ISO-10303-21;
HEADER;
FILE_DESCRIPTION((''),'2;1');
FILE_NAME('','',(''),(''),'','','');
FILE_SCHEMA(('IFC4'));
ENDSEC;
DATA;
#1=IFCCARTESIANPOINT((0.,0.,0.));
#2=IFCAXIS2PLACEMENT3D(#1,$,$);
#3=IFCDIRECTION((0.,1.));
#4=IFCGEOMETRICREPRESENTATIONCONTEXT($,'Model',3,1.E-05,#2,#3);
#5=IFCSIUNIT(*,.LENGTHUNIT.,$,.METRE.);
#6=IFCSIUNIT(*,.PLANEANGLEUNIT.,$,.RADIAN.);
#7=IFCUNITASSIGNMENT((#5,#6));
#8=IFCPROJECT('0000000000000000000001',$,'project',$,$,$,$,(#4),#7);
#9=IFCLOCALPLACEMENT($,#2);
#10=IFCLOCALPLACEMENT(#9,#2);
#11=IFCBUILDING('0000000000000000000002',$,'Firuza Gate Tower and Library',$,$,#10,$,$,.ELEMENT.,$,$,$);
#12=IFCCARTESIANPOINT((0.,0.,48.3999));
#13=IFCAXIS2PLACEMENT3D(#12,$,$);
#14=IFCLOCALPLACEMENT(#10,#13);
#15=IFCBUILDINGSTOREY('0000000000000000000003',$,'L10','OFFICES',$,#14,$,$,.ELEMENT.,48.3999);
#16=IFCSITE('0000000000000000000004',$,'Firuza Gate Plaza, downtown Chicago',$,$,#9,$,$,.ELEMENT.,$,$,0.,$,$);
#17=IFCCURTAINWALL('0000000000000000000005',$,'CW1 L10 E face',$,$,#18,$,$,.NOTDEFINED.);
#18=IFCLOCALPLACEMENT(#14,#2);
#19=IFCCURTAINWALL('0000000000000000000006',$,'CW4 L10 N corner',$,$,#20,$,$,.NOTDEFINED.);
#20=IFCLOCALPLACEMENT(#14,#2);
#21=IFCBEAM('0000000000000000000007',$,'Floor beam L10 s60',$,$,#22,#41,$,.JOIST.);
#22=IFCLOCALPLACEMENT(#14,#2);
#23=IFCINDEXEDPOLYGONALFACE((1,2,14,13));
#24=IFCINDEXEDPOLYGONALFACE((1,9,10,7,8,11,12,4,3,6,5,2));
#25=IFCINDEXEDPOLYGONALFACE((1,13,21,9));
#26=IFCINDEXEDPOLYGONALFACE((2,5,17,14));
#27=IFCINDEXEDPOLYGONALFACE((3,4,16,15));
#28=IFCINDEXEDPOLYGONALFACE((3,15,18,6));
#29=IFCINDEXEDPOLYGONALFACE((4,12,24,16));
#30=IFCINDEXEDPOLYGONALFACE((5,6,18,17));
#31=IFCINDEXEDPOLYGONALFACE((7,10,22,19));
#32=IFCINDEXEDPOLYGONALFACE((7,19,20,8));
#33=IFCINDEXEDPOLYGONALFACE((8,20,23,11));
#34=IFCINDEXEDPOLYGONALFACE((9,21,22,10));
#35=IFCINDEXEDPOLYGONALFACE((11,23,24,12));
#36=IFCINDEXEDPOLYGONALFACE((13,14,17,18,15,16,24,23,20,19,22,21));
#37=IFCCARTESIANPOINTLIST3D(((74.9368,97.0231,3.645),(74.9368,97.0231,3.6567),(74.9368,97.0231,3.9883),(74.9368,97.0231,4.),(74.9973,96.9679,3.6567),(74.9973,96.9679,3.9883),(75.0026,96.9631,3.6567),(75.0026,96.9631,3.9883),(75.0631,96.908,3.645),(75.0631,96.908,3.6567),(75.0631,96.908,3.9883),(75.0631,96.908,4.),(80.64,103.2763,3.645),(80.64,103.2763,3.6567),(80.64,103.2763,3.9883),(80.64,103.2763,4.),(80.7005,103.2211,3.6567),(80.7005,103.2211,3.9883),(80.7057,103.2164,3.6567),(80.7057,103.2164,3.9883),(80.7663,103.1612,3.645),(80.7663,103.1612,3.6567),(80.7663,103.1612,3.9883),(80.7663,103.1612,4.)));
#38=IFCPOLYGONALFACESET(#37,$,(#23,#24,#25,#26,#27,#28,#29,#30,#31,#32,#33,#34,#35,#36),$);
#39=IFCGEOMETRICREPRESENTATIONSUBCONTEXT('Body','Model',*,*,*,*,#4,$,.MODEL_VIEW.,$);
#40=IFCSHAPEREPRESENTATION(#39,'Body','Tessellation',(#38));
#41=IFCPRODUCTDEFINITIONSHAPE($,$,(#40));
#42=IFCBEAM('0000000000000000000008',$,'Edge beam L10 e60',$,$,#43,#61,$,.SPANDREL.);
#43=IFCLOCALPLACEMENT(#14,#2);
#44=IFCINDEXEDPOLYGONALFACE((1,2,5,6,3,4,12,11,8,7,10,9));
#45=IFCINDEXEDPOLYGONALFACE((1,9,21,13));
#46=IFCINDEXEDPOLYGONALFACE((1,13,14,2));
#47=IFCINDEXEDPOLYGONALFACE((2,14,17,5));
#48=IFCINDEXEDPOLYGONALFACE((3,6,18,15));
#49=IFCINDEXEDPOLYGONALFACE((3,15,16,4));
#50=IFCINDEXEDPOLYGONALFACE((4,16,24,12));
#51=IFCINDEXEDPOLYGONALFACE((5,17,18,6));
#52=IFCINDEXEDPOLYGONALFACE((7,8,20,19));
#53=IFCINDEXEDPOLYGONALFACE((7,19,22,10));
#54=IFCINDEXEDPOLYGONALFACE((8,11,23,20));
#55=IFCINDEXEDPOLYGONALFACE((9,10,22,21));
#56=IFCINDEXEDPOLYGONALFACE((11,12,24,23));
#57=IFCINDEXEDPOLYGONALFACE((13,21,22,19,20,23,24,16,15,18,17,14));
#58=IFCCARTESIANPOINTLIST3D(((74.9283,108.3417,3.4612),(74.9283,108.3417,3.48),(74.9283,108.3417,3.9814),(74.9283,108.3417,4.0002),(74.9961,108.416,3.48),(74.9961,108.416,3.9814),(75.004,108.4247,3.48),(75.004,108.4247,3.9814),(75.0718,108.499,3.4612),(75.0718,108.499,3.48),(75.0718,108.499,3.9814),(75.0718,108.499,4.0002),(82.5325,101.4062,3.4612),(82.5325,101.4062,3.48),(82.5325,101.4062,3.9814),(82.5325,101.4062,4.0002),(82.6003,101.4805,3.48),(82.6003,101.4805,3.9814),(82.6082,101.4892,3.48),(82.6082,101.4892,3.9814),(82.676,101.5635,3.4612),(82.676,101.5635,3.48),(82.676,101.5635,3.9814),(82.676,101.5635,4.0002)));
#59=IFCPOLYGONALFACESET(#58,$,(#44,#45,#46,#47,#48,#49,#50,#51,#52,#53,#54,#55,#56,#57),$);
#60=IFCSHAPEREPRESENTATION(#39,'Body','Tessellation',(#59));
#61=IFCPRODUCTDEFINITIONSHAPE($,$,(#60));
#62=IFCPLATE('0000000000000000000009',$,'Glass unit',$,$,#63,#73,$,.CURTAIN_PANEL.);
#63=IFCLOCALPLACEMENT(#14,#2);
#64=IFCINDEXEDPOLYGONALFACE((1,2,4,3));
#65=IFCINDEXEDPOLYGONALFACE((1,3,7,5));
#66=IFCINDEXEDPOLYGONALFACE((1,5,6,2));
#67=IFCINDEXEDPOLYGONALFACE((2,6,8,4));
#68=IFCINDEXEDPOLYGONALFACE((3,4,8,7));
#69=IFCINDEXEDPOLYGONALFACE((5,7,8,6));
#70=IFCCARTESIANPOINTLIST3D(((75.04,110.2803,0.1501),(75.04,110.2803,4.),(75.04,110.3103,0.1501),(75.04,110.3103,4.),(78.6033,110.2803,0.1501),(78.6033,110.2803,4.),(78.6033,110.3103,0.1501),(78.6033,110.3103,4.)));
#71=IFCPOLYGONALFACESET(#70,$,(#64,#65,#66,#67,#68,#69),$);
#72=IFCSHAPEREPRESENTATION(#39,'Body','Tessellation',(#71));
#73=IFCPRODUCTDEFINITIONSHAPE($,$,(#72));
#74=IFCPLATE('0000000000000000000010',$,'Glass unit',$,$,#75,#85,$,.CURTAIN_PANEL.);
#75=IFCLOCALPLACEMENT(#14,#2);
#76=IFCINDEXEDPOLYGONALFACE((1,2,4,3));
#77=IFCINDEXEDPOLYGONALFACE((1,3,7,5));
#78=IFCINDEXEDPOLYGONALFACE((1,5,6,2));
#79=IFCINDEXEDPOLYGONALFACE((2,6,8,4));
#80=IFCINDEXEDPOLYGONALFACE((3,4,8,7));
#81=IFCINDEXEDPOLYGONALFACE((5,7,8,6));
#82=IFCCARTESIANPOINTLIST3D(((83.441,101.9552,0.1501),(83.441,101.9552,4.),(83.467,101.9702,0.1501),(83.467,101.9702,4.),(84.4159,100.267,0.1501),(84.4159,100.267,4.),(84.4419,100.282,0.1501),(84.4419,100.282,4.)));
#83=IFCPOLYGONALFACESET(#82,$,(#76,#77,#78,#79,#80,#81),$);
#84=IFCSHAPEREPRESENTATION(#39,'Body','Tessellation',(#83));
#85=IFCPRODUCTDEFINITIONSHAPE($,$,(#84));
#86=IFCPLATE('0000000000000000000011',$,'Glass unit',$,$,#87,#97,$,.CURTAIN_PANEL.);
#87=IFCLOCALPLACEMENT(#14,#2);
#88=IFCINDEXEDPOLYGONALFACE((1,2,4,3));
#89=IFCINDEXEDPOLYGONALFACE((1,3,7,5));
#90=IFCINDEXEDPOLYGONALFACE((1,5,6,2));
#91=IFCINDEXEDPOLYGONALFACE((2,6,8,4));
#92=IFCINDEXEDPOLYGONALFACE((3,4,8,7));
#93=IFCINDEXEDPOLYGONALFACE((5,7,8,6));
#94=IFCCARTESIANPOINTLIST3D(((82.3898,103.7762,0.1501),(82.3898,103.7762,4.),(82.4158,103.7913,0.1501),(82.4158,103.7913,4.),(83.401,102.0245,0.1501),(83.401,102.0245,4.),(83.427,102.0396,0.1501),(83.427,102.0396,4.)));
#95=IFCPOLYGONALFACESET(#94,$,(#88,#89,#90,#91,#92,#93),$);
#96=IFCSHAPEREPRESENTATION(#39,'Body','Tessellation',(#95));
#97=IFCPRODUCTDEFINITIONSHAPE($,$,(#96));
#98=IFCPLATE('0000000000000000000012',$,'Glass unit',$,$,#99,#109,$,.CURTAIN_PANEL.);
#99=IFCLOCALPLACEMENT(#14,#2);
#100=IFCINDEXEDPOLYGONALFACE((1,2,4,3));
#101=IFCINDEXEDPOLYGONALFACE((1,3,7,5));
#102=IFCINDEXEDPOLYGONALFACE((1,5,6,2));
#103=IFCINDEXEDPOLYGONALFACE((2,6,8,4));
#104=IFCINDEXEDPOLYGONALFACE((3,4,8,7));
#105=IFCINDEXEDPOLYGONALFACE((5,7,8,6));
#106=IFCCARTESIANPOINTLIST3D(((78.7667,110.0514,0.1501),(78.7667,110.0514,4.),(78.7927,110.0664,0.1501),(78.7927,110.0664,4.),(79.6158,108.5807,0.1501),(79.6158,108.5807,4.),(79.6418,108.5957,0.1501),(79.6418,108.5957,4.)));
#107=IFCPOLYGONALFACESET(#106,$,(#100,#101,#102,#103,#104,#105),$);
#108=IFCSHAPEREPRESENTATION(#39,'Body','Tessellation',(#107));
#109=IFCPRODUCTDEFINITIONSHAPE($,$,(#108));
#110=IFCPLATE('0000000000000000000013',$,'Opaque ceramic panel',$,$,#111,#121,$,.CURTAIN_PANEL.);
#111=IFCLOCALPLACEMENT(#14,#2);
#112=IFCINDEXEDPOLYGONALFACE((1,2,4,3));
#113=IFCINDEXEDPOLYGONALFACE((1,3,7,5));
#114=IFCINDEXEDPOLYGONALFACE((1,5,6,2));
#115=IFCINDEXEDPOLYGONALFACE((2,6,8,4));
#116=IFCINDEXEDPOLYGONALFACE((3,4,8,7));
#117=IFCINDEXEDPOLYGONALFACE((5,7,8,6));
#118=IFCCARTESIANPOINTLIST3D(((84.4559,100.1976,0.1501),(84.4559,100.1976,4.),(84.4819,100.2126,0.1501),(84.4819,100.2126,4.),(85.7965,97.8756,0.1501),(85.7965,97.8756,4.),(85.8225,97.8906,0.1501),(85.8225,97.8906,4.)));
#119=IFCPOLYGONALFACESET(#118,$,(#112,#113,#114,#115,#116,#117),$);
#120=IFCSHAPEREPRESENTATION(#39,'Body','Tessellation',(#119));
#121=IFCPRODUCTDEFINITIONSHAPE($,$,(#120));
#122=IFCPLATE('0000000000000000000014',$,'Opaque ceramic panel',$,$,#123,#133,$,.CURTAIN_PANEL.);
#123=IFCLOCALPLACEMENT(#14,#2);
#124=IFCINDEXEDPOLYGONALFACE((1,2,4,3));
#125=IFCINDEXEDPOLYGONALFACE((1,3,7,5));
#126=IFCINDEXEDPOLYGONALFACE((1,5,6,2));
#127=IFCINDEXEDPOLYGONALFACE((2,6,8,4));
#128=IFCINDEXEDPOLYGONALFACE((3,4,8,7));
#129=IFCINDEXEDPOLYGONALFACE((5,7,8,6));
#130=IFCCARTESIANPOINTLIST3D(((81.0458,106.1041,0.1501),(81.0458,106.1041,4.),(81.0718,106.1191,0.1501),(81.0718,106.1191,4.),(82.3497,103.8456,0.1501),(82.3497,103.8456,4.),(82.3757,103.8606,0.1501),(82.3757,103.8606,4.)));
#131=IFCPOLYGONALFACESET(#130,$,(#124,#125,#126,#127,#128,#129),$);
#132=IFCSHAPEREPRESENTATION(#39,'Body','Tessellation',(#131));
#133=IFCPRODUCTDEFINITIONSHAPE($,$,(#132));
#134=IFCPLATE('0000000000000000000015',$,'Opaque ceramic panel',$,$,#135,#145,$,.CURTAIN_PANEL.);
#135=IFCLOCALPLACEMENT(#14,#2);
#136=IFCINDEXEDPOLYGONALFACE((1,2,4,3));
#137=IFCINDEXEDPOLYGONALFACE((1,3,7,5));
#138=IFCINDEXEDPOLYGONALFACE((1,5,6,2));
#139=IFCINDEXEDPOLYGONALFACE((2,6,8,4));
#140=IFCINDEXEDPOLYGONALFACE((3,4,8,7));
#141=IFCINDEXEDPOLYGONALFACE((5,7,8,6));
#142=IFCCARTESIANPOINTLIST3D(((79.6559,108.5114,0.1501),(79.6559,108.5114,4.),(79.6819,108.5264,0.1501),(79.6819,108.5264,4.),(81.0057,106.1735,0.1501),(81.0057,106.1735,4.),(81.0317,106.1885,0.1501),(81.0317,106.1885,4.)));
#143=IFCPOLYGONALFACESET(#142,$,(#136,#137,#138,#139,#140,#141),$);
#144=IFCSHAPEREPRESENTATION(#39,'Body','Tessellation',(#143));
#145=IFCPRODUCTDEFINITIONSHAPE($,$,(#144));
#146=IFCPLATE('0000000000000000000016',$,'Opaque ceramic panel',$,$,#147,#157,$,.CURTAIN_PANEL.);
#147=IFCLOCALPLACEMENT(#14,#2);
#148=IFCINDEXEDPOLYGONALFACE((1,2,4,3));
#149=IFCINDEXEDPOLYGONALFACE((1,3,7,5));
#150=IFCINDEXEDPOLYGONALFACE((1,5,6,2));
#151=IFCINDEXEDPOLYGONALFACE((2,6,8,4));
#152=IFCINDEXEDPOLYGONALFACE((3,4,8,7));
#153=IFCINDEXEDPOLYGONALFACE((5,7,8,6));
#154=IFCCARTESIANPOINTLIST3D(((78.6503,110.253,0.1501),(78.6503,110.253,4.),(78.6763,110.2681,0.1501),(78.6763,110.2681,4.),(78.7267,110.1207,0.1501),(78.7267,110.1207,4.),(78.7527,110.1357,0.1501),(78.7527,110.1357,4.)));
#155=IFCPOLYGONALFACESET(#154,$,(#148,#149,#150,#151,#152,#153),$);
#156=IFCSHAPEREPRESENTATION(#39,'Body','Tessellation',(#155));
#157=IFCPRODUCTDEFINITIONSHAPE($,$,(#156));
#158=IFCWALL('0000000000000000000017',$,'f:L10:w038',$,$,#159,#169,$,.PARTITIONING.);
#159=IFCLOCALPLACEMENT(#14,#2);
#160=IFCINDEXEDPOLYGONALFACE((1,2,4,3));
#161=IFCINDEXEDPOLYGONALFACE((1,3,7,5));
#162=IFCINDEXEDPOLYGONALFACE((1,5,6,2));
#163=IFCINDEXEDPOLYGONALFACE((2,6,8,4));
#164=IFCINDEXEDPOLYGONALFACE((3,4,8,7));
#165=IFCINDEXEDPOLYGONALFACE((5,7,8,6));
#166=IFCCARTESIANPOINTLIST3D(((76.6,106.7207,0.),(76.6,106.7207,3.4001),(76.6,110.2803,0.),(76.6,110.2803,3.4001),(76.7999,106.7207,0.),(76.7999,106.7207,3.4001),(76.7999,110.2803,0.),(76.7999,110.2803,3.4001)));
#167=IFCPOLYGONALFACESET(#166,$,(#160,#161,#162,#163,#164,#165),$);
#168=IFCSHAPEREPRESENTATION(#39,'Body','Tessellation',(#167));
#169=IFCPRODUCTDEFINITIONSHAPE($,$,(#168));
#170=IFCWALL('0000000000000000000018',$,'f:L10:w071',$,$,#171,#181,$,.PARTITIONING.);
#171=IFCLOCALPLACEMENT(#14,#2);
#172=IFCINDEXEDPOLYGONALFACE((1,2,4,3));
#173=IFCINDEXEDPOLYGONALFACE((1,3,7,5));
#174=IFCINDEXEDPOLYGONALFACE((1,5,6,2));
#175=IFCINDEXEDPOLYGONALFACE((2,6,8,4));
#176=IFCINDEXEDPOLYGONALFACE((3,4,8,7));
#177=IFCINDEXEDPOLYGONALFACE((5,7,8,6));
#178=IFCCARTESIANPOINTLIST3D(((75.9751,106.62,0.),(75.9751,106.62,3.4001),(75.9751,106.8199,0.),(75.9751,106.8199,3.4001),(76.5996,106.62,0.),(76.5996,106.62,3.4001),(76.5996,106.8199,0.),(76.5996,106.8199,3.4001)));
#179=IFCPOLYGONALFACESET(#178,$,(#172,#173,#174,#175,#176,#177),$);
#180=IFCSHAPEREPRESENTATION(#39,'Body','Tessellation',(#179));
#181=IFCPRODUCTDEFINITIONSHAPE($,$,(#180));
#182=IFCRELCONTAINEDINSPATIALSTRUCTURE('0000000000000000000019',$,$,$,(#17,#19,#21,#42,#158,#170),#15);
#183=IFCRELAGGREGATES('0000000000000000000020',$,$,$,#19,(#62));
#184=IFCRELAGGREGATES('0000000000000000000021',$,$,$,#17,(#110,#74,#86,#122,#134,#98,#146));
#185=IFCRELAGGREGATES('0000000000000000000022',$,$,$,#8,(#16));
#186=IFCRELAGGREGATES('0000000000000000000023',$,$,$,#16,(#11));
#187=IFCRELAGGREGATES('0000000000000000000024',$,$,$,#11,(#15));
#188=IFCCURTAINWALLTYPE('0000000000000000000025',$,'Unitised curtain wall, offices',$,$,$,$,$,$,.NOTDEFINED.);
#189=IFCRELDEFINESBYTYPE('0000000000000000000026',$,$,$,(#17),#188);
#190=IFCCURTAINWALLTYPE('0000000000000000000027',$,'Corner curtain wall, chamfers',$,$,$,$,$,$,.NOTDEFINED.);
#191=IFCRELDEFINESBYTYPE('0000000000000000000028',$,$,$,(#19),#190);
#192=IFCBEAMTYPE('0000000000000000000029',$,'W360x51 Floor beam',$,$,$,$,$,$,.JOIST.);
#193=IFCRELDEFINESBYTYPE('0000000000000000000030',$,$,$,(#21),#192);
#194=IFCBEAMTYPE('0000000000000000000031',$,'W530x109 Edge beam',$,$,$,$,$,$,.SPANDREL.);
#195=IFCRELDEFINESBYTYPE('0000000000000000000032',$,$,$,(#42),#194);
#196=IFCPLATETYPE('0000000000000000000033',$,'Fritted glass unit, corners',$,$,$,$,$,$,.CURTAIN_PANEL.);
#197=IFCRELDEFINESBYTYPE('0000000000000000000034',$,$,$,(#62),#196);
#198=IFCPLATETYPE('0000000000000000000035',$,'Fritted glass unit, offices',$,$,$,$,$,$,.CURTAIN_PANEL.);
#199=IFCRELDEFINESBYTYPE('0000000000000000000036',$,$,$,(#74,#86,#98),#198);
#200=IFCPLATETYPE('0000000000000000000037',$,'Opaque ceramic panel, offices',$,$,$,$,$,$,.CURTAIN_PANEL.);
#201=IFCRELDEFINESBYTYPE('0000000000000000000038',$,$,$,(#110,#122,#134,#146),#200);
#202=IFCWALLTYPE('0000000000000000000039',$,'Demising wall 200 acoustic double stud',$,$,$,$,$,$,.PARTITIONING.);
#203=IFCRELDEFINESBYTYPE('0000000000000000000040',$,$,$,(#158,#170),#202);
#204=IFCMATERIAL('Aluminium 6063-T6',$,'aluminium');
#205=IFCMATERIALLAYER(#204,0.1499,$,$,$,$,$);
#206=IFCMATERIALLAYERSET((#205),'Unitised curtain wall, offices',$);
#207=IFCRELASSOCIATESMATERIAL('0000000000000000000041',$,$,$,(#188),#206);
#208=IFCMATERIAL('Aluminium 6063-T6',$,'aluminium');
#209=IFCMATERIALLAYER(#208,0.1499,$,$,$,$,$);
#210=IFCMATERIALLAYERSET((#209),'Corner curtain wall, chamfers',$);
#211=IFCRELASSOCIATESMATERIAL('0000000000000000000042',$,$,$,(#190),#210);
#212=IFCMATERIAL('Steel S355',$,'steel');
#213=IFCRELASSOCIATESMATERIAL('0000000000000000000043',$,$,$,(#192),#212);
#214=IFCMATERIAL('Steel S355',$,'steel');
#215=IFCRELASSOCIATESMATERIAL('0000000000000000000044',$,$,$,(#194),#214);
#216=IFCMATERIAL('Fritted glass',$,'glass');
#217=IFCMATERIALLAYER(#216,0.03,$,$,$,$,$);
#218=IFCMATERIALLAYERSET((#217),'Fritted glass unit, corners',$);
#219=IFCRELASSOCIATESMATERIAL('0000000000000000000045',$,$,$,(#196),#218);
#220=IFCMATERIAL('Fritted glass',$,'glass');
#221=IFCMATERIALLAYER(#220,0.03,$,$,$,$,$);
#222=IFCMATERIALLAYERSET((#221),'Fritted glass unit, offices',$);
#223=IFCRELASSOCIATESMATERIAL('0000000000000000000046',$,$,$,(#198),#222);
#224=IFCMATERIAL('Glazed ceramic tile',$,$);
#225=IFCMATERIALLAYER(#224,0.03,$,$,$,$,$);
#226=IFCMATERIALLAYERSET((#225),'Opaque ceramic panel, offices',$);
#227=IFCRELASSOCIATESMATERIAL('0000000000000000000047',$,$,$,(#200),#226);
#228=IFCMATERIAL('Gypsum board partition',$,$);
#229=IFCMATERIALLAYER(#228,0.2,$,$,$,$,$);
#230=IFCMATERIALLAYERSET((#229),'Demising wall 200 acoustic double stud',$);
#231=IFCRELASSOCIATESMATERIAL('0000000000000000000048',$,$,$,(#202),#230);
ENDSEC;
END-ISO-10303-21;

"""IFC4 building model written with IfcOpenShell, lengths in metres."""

from ifc_helpers import new_model, si_unit, direction, frame, frame_2d, origin, origin_2d, place, context, subcontext, project, spatial, polyline, rectangle, i_section, outline, extrude, material, layer, layer_set, material_profile, profile_set, type_object, element, aggregate, save


model = new_model("IFC4")

# Units and contexts
model_context = context("Model", 3, precision=1e-05, world=origin(), true_north=direction((0.0, 1.0)))
body_context = subcontext(model_context, "Body", "Model", "MODEL_VIEW")
ifc_project = project(units=[si_unit("LENGTHUNIT", "METRE"), si_unit("PLANEANGLEUNIT", "RADIAN")], contexts=[model_context])

# Site, building, storey
site_placement = place(None, origin())
site = spatial("IfcSite", under=ifc_project, at=site_placement, Name="Firuza Gate Plaza, downtown Chicago", CompositionType="ELEMENT", RefElevation=0.0)
building_placement = place(site_placement, origin())
building = spatial("IfcBuilding", under=site, at=building_placement, Name="Firuza Gate Tower and Library", CompositionType="ELEMENT")
storey_placement = place(building_placement, frame((0.0, 0.0, 48.3999)))
storey = spatial("IfcBuildingStorey", under=building, at=storey_placement, Name="L10", Description="OFFICES", CompositionType="ELEMENT", Elevation=48.3999)

# Curtain walls
ifc_material_1 = material(Name="Aluminium 6063-T6", Category="aluminium")
ifc_layer_1 = layer(ifc_material_1, 0.1499)
ifc_layer_set_1 = layer_set([ifc_layer_1], Name="Unitised curtain wall, offices")
curtain_wall_type_1 = type_object("IfcCurtainWallType", Name="Unitised curtain wall, offices", PredefinedType="NOTDEFINED", material=ifc_layer_set_1)
placement = place(storey_placement, origin())
curtain_wall_1 = element("IfcCurtainWall", 1, at=placement, inside=storey, type_object=curtain_wall_type_1, Name="CW1 L10 E face", PredefinedType="NOTDEFINED")
ifc_material_2 = material(Name="Aluminium 6063-T6", Category="aluminium")
ifc_layer_2 = layer(ifc_material_2, 0.1499)
ifc_layer_set_2 = layer_set([ifc_layer_2], Name="Corner curtain wall, chamfers")
curtain_wall_type_2 = type_object("IfcCurtainWallType", Name="Corner curtain wall, chamfers", PredefinedType="NOTDEFINED", material=ifc_layer_set_2)
curtain_wall_2 = element("IfcCurtainWall", 2, at=placement, inside=storey, type_object=curtain_wall_type_2, Name="CW4 L10 N corner", PredefinedType="NOTDEFINED")

# Beams
ifc_material_3 = material(Name="Steel S355", Category="steel")
ifc_material_profile_1 = material_profile(ifc_material_3, i_section(OverallWidth=0.1709, OverallDepth=0.355, WebThickness=0.0071, FlangeThickness=0.0117, at=origin_2d()))
ifc_profile_set_1 = profile_set([ifc_material_profile_1], Name="Steel S355")
beam_type_1 = type_object("IfcBeamType", Name="W360x51 Floor beam", PredefinedType="JOIST", material=ifc_profile_set_1)
beam_1_placement = place(storey_placement, frame((80.7031, 103.2188, 3.8225), z_axis=(-0.673864, -0.738856, 0.0), x_axis=(0.738856, -0.673864, 0.0)))
element("IfcBeam", 3, at=beam_1_placement, inside=storey, type_object=beam_type_1, Name="Floor beam L10 s60", PredefinedType="JOIST", context=body_context, shape_type="SweptSolid", body=[
    extrude(i_section(OverallWidth=0.1709, OverallDepth=0.355, WebThickness=0.0071, FlangeThickness=0.0117, at=origin_2d()), origin(), (0.0, 0.0, 1.0), 8.4634),
])
ifc_material_4 = material(Name="Steel S355", Category="steel")
ifc_material_profile_2 = material_profile(ifc_material_4, i_section(OverallWidth=0.2129, OverallDepth=0.5391, WebThickness=0.0117, FlangeThickness=0.0188, at=origin_2d()))
ifc_profile_set_2 = profile_set([ifc_material_profile_2], Name="Steel S355")
beam_type_2 = type_object("IfcBeamType", Name="W530x109 Edge beam", PredefinedType="SPANDREL", material=ifc_profile_set_2)
beam_2_placement = place(storey_placement, frame((82.6042, 101.4849, 3.7307), z_axis=(-0.738846, 0.673874, 0.0), x_axis=(-0.673874, -0.738846, 0.0)))
element("IfcBeam", 4, at=beam_2_placement, inside=storey, type_object=beam_type_2, Name="Edge beam L10 e60", PredefinedType="SPANDREL", context=body_context, shape_type="SweptSolid", body=[
    extrude(i_section(OverallWidth=0.2129, OverallDepth=0.5391, WebThickness=0.0117, FlangeThickness=0.0188, at=origin_2d()), origin(), (0.0, 0.0, 1.0), 10.292),
])

# Plates
ifc_material_5 = material(Name="Fritted glass", Category="glass")
ifc_layer_3 = layer(ifc_material_5, 0.03)
ifc_layer_set_3 = layer_set([ifc_layer_3], Name="Fritted glass unit, corners")
plate_type_1 = type_object("IfcPlateType", Name="Fritted glass unit, corners", PredefinedType="CURTAIN_PANEL", material=ifc_layer_set_3)
plate_1_placement = place(storey_placement, frame((78.6033, 110.3103, 0.1501), z_axis=(0.0, 1.0, 0.0), x_axis=(-1.0, 0.0, 0.0)))
plate_1 = element("IfcPlate", 5, at=plate_1_placement, type_object=plate_type_1, Name="Glass unit", PredefinedType="CURTAIN_PANEL", context=body_context, shape_type="SweptSolid", body=[
    extrude(outline(polyline([(0.0, 0.0), (3.5632, 0.0), (3.5632, 3.8499), (0.0, 3.8499), (0.0, 0.0)])), origin(), (0.0, 0.0, -1.0), 0.03),
])
aggregate(curtain_wall_2, [plate_1])
ifc_material_6 = material(Name="Fritted glass", Category="glass")
ifc_layer_4 = layer(ifc_material_6, 0.03)
ifc_layer_set_4 = layer_set([ifc_layer_4], Name="Fritted glass unit, offices")
plate_type_2 = type_object("IfcPlateType", Name="Fritted glass unit, offices", PredefinedType="CURTAIN_PANEL", material=ifc_layer_set_4)
plate_2_placement = place(storey_placement, frame((84.4419, 100.282, 0.1501), z_axis=(0.865992, 0.500059, 0.0), x_axis=(-0.500059, 0.865992, 0.0)))
plate_2 = element("IfcPlate", 6, at=plate_2_placement, type_object=plate_type_2, Name="Glass unit", PredefinedType="CURTAIN_PANEL", context=body_context, shape_type="SweptSolid", body=[
    extrude(outline(polyline([(0.0, 0.0), (1.9495, 0.0), (1.9495, 3.8499), (0.0, 3.8499), (0.0, 0.0)])), origin(), (0.0, 0.0, -1.0), 0.03),
])
plate_3_placement = place(storey_placement, frame((83.427, 102.0396, 0.1501), z_axis=(0.866051, 0.499956, 0.0), x_axis=(-0.499956, 0.866051, 0.0)))
plate_3 = element("IfcPlate", 7, at=plate_3_placement, type_object=plate_type_2, Name="Glass unit", PredefinedType="CURTAIN_PANEL", context=body_context, shape_type="SweptSolid", body=[
    extrude(outline(polyline([(0.0, 0.0), (2.0226, 0.0), (2.0226, 3.8499), (0.0, 3.8499), (0.0, 0.0)])), origin(), (0.0, 0.0, -1.0), 0.03),
])
plate_4_placement = place(storey_placement, frame((79.6418, 108.5957, 0.1501), z_axis=(0.866023, 0.500005, 0.0), x_axis=(-0.500005, 0.866023, 0.0)))
plate_4 = element("IfcPlate", 8, at=plate_4_placement, type_object=plate_type_2, Name="Glass unit", PredefinedType="CURTAIN_PANEL", context=body_context, shape_type="SweptSolid", body=[
    extrude(outline(polyline([(0.0, 0.0), (1.6982, 0.0), (1.6982, 3.8499), (0.0, 3.8499), (0.0, 0.0)])), origin(), (0.0, 0.0, -1.0), 0.03),
])
ifc_material_7 = material(Name="Glazed ceramic tile")
ifc_layer_5 = layer(ifc_material_7, 0.03)
ifc_layer_set_5 = layer_set([ifc_layer_5], Name="Opaque ceramic panel, offices")
plate_type_3 = type_object("IfcPlateType", Name="Opaque ceramic panel, offices", PredefinedType="CURTAIN_PANEL", material=ifc_layer_set_5)
plate_5_placement = place(storey_placement, frame((85.8225, 97.8906, 0.1501), z_axis=(0.866032, 0.499988, 0.0), x_axis=(-0.499988, 0.866032, 0.0)))
plate_5 = element("IfcPlate", 9, at=plate_5_placement, type_object=plate_type_3, Name="Opaque ceramic panel", PredefinedType="CURTAIN_PANEL", context=body_context, shape_type="SweptSolid", body=[
    extrude(outline(polyline([(0.0, 0.0), (2.6812, 0.0), (2.6812, 3.8499), (0.0, 3.8499), (0.0, 0.0)])), origin(), (0.0, 0.0, -1.0), 0.03),
])
plate_6_placement = place(storey_placement, frame((82.3757, 103.8606, 0.1501), z_axis=(0.866028, 0.499995, 0.0), x_axis=(-0.499995, 0.866028, 0.0)))
plate_6 = element("IfcPlate", 10, at=plate_6_placement, type_object=plate_type_3, Name="Opaque ceramic panel", PredefinedType="CURTAIN_PANEL", context=body_context, shape_type="SweptSolid", body=[
    extrude(outline(polyline([(0.0, 0.0), (2.6079, 0.0), (2.6079, 3.8499), (0.0, 3.8499), (0.0, 0.0)])), origin(), (0.0, 0.0, -1.0), 0.03),
])
plate_7_placement = place(storey_placement, frame((81.0317, 106.1885, 0.1501), z_axis=(0.866014, 0.50002, 0.0), x_axis=(-0.50002, 0.866014, 0.0)))
plate_7 = element("IfcPlate", 11, at=plate_7_placement, type_object=plate_type_3, Name="Opaque ceramic panel", PredefinedType="CURTAIN_PANEL", context=body_context, shape_type="SweptSolid", body=[
    extrude(outline(polyline([(0.0, 0.0), (2.6996, 0.0), (2.6996, 3.8499), (0.0, 3.8499), (0.0, 0.0)])), origin(), (0.0, 0.0, -1.0), 0.03),
])
plate_8_placement = place(storey_placement, frame((78.7527, 110.1357, 0.1501), z_axis=(0.865973, 0.500091, 0.0), x_axis=(-0.500091, 0.865973, 0.0)))
plate_8 = element("IfcPlate", 12, at=plate_8_placement, type_object=plate_type_3, Name="Opaque ceramic panel", PredefinedType="CURTAIN_PANEL", context=body_context, shape_type="SweptSolid", body=[
    extrude(outline(polyline([(0.0, 0.0), (0.1528, 0.0), (0.1528, 3.8499), (0.0, 3.8499), (0.0, 0.0)])), origin(), (0.0, 0.0, -1.0), 0.03),
])
aggregate(curtain_wall_1, [plate_5, plate_2, plate_3, plate_6, plate_7, plate_4, plate_8])

# Walls
ifc_material_8 = material(Name="Gypsum board partition")
ifc_layer_6 = layer(ifc_material_8, 0.2)
ifc_layer_set_6 = layer_set([ifc_layer_6], Name="Demising wall 200 acoustic double stud")
wall_type_1 = type_object("IfcWallType", Name="Demising wall 200 acoustic double stud", PredefinedType="PARTITIONING", material=ifc_layer_set_6)
wall_1_placement = place(storey_placement, frame((76.7, 106.7207, 0.0), z_axis=(0.0, 0.0, 1.0), x_axis=(0.0, 1.0, 0.0)))
element("IfcWall", 13, at=wall_1_placement, inside=storey, type_object=wall_type_1, Name="f:L10:w038", PredefinedType="PARTITIONING", context=body_context, shape_type="SweptSolid", body=[
    extrude(rectangle(XDim=3.5596, YDim=0.2, at=frame_2d((1.7798, 0.0))), origin(), (0.0, 0.0, 1.0), 3.4001),
])
wall_2_placement = place(storey_placement, frame((75.9751, 106.72, 0.0), z_axis=(0.0, 0.0, 1.0), x_axis=(1.0, 0.0, 0.0)))
element("IfcWall", 14, at=wall_2_placement, inside=storey, type_object=wall_type_1, Name="f:L10:w071", PredefinedType="PARTITIONING", context=body_context, shape_type="SweptSolid", body=[
    extrude(rectangle(XDim=0.6245, YDim=0.2, at=frame_2d((0.3123, 0.0))), origin(), (0.0, 0.0, 1.0), 3.4001),
])

save(model, "model.ifc")
